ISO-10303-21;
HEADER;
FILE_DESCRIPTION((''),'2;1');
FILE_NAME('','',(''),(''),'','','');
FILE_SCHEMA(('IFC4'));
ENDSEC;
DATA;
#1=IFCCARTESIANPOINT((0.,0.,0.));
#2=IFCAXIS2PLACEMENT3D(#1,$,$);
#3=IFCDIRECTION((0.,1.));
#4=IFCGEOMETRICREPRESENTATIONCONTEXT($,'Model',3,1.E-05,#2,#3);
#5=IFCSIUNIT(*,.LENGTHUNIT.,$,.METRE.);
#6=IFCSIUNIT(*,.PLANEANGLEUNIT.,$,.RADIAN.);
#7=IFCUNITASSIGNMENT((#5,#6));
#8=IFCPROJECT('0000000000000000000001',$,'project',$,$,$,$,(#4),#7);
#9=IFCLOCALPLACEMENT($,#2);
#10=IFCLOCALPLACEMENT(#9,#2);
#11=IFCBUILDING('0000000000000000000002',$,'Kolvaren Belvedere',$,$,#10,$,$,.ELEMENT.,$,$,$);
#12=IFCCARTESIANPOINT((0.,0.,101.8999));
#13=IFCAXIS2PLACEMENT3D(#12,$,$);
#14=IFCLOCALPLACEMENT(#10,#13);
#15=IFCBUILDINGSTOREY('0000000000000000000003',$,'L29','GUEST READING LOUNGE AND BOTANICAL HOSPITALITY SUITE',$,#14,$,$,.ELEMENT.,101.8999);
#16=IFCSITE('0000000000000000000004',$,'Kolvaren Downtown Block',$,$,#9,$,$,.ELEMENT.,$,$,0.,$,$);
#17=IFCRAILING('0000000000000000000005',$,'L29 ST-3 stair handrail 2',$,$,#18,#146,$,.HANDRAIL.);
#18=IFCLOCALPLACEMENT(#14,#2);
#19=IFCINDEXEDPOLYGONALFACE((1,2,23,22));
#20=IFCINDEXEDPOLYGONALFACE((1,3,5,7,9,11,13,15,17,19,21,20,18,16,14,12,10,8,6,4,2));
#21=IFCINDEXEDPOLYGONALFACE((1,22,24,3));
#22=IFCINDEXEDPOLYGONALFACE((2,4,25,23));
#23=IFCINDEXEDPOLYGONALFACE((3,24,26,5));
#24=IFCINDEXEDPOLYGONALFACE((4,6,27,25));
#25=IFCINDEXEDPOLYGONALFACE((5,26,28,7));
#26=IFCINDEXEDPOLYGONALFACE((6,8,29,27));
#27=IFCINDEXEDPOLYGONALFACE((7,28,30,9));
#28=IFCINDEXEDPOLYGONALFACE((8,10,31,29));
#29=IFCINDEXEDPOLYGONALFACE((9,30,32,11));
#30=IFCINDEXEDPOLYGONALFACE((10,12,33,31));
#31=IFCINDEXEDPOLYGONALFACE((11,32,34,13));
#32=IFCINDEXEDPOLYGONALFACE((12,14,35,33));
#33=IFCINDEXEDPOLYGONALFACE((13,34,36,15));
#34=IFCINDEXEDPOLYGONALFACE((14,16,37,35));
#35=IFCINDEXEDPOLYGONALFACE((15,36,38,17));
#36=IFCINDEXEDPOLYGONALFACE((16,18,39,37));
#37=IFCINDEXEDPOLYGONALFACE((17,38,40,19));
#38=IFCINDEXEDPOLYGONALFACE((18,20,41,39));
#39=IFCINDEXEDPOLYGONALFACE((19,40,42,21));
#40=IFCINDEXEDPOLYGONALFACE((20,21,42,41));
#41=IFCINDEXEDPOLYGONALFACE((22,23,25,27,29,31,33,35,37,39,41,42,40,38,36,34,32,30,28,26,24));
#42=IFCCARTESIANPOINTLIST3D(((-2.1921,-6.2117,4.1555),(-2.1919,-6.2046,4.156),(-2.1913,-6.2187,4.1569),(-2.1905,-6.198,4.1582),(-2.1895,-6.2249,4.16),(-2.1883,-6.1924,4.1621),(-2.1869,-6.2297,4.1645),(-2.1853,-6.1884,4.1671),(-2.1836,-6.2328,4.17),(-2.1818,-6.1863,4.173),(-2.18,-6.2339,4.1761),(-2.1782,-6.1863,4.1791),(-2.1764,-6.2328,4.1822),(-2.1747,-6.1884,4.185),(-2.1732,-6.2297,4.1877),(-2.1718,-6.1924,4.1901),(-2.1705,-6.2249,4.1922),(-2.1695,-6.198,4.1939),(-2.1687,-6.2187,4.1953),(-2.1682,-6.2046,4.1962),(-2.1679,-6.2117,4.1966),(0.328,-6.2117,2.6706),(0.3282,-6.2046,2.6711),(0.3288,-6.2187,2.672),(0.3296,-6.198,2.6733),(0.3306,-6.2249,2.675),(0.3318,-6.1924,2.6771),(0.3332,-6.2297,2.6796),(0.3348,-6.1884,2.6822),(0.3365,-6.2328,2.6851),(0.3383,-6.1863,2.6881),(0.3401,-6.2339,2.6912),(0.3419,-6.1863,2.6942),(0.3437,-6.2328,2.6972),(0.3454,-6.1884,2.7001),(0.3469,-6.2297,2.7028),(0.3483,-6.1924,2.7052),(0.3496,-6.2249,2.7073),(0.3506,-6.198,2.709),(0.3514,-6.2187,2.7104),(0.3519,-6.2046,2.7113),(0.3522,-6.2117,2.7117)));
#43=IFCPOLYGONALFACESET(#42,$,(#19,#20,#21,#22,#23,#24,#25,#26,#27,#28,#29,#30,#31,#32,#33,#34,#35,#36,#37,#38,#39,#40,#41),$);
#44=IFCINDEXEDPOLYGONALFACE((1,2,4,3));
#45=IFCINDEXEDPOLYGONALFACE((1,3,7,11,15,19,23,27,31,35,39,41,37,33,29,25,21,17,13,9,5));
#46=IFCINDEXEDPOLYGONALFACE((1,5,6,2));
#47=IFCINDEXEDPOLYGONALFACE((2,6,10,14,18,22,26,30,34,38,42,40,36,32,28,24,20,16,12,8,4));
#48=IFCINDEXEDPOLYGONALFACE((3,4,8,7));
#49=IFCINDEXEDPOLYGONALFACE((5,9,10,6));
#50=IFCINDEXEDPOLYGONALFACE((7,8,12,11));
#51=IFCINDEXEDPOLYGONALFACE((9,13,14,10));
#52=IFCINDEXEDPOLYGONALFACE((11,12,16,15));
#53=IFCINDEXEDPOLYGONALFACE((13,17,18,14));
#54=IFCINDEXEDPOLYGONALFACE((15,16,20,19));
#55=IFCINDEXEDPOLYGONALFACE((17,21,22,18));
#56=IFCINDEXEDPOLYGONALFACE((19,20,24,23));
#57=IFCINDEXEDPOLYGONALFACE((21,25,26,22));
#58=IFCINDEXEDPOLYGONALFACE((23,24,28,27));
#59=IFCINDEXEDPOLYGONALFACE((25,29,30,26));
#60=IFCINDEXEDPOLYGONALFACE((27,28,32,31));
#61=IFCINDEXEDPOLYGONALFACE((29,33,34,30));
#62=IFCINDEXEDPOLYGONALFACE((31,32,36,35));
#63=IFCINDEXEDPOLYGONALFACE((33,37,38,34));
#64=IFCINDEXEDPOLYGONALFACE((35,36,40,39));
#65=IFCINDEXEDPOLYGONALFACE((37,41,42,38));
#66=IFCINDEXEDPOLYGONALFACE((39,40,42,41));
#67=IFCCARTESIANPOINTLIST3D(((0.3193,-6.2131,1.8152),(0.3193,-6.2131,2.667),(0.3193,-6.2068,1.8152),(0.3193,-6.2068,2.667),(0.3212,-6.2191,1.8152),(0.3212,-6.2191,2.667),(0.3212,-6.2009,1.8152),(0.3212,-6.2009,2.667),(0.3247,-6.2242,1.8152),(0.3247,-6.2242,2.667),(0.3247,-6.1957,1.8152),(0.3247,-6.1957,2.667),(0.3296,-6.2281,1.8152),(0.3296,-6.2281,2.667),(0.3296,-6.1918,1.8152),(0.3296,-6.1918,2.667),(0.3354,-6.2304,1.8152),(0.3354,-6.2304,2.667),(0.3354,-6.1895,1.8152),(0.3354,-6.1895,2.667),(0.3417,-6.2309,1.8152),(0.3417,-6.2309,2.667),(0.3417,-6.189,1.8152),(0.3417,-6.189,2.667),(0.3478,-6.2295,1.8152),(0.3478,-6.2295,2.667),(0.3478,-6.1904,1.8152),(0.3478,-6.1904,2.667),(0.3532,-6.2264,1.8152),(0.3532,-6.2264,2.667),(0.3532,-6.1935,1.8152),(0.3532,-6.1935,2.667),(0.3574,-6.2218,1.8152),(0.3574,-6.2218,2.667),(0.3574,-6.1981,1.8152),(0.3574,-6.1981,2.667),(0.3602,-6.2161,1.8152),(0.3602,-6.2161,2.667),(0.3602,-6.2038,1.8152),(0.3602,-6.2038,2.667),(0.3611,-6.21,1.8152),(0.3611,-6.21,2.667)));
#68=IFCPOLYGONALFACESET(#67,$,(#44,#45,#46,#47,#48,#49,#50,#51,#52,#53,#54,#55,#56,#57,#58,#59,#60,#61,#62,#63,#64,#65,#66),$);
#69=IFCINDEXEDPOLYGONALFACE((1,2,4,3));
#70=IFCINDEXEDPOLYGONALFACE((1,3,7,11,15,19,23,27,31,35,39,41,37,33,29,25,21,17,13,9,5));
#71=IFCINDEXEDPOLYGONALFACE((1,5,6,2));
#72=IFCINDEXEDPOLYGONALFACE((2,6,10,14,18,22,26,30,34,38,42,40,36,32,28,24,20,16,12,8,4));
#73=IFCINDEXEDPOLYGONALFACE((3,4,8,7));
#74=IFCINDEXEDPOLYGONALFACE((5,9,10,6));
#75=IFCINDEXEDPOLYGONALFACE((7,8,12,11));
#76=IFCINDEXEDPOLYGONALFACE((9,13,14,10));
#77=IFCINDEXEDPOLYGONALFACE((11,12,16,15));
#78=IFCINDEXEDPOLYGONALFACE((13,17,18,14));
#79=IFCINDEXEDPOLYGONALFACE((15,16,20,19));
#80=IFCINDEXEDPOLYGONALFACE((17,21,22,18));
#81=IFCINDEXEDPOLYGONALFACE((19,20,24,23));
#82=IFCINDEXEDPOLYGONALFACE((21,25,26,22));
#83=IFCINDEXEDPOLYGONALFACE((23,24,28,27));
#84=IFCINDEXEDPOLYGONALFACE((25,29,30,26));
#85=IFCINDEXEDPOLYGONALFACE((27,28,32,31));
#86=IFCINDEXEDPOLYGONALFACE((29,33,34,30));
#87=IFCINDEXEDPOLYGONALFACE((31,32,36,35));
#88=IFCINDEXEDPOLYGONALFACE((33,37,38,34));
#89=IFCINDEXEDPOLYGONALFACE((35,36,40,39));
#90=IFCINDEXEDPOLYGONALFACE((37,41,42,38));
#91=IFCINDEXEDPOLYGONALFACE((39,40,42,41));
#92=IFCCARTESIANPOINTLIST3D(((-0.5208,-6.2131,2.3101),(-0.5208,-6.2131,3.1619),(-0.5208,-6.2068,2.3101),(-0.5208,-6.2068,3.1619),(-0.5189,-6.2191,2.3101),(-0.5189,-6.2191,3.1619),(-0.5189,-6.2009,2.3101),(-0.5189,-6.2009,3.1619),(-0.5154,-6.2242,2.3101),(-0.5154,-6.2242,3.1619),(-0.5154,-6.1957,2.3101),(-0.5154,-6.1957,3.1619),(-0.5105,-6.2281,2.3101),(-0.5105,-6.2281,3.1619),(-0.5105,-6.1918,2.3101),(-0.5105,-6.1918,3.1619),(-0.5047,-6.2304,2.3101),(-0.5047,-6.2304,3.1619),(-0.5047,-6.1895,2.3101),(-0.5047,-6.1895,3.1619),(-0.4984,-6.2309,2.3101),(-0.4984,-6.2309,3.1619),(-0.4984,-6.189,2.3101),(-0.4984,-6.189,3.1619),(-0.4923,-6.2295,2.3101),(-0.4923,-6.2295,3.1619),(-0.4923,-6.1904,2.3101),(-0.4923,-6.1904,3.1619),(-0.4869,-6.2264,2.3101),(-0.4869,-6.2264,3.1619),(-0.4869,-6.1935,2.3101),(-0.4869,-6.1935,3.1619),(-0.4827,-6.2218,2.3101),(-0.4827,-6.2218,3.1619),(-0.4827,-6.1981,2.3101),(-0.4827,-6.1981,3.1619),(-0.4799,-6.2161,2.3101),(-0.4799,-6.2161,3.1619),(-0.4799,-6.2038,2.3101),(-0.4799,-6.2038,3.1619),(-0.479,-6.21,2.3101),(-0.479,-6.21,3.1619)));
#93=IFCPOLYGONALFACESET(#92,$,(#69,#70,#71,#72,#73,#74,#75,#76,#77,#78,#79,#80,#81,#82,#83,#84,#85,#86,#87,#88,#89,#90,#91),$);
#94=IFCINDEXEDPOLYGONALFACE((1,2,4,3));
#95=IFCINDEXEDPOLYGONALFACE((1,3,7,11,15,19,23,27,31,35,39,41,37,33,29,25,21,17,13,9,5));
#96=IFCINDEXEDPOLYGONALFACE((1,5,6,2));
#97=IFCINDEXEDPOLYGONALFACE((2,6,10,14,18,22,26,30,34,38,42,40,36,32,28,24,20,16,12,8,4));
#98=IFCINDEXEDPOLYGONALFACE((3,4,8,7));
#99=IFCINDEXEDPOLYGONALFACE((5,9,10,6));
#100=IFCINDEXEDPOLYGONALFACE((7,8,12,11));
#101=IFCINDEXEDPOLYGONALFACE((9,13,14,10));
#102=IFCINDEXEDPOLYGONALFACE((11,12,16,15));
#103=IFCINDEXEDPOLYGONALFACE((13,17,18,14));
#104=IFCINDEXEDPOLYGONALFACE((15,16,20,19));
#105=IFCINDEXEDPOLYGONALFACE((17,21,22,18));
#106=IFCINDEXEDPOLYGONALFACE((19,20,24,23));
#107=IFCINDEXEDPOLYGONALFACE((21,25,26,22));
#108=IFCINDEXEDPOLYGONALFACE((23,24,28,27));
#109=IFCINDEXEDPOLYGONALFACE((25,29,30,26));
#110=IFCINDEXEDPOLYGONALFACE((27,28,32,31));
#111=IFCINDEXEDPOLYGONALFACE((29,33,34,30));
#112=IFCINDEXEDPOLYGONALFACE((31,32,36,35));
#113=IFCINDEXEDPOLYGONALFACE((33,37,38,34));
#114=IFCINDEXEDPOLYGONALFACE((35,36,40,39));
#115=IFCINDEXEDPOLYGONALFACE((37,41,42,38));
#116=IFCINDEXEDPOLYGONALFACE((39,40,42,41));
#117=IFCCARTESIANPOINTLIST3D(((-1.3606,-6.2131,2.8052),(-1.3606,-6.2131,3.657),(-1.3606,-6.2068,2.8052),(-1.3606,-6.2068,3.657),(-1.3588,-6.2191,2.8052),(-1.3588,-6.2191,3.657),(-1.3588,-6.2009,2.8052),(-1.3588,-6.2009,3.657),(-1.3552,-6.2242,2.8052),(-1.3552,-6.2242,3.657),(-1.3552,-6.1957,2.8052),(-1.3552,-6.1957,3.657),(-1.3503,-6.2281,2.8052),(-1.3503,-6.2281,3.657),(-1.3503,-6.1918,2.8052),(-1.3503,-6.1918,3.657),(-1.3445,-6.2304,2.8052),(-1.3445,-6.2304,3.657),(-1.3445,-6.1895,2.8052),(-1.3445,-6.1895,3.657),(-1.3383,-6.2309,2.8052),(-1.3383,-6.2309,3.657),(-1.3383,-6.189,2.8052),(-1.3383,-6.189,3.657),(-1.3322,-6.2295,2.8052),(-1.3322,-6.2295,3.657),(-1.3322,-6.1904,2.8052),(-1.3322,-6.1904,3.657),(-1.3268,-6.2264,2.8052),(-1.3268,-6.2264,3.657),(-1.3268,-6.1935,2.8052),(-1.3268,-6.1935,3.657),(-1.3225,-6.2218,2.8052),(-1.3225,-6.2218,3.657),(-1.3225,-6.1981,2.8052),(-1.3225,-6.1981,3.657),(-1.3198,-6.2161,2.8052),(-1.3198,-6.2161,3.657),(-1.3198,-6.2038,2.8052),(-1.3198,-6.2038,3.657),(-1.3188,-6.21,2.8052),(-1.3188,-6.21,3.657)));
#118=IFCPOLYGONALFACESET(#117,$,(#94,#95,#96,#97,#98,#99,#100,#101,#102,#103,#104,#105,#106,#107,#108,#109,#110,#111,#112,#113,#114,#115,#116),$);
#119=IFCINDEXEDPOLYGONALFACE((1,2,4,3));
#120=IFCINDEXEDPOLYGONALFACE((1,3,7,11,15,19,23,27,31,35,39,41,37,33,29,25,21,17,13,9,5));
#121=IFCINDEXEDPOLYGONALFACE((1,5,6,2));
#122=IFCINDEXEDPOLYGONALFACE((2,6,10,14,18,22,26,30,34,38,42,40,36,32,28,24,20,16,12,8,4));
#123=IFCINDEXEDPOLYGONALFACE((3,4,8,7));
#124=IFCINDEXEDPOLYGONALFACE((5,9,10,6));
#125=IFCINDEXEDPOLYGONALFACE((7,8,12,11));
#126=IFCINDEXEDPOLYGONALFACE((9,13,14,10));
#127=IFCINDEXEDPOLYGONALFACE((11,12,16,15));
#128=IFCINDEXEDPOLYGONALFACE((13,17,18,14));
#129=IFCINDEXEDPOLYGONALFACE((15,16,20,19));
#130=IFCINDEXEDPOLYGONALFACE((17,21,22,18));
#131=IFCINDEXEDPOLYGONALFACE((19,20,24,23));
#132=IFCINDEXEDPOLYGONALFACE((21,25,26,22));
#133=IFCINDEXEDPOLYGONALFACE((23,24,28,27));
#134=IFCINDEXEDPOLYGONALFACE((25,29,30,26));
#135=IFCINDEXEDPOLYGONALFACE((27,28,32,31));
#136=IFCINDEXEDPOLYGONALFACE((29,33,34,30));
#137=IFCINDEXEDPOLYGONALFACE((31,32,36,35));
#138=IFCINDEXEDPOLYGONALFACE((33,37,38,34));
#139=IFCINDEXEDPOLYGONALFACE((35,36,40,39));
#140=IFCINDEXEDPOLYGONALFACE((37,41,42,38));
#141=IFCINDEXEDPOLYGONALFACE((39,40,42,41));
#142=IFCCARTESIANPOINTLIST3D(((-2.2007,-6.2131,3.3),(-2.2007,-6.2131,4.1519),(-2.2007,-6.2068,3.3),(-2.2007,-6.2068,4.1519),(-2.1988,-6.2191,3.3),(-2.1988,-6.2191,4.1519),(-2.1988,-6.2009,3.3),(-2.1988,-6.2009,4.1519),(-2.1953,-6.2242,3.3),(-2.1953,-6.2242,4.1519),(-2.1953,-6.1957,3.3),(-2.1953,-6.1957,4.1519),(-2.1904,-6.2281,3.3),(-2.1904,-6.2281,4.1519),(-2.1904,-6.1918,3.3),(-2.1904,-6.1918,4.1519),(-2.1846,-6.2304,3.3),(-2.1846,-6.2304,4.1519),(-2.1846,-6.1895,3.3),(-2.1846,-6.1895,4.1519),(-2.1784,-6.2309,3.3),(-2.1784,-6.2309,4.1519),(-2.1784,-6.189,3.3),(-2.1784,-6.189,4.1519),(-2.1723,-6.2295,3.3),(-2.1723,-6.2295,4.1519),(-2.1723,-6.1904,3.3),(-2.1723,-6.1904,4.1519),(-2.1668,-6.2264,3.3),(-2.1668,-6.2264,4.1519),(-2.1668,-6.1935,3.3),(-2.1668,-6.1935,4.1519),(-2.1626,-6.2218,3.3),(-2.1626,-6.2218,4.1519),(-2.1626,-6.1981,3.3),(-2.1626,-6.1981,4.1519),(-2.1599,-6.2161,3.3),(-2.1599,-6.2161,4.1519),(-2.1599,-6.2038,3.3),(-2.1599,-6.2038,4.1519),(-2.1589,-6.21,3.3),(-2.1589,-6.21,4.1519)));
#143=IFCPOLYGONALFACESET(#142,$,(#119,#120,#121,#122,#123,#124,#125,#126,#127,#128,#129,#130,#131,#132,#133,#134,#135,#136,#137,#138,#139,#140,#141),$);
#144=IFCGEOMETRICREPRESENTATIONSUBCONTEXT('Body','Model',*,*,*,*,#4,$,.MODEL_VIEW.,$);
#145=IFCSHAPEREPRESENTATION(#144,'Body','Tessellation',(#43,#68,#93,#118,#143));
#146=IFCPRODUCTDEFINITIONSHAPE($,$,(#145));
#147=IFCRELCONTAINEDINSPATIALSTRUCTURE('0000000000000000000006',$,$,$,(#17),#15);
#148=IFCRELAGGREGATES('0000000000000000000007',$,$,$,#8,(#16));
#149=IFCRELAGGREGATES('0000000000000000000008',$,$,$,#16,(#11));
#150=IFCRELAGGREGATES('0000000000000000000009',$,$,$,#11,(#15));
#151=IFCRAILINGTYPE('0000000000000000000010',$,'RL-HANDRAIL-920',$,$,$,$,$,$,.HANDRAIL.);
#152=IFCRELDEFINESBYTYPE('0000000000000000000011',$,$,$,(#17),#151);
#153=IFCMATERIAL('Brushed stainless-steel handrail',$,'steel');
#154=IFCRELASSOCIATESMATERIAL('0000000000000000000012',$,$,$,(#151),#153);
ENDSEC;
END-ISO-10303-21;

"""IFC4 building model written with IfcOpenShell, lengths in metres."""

from ifc_helpers import new_model, si_unit, direction, frame, origin, origin_2d, place, context, subcontext, project, spatial, circle, extrude, material, type_object, element, save


model = new_model("IFC4")

# Units and contexts
model_context = context("Model", 3, precision=1e-05, world=origin(), true_north=direction((0.0, 1.0)))
body_context = subcontext(model_context, "Body", "Model", "MODEL_VIEW")
ifc_project = project(units=[si_unit("LENGTHUNIT", "METRE"), si_unit("PLANEANGLEUNIT", "RADIAN")], contexts=[model_context])

# Site, building, storey
site_placement = place(None, origin())
site = spatial("IfcSite", under=ifc_project, at=site_placement, Name="Kolvaren Downtown Block", CompositionType="ELEMENT", RefElevation=0.0)
building_placement = place(site_placement, origin())
building = spatial("IfcBuilding", under=site, at=building_placement, Name="Kolvaren Belvedere", CompositionType="ELEMENT")
storey_placement = place(building_placement, frame((0.0, 0.0, 101.8999)))
storey = spatial("IfcBuildingStorey", under=building, at=storey_placement, Name="L29", Description="GUEST READING LOUNGE AND BOTANICAL HOSPITALITY SUITE", CompositionType="ELEMENT", Elevation=101.8999)

# Railing
ifc_material_1 = material(Name="Brushed stainless-steel handrail", Category="steel")
railing_type_1 = type_object("IfcRailingType", Name="RL-HANDRAIL-920", PredefinedType="HANDRAIL", material=ifc_material_1)
railing_1_placement = place(storey_placement, frame((0.3401, -6.21, 1.8152)))
element("IfcRailing", 1, at=railing_1_placement, inside=storey, type_object=railing_type_1, Name="L29 ST-3 stair handrail 2", PredefinedType="HANDRAIL", context=body_context, shape_type="SweptSolid", body=[
    extrude(circle(Radius=0.0239, at=origin_2d()), frame((0.0, 0.0, 0.876), z_axis=(-0.861561, 0.0, 0.507655), x_axis=(0.0, -1.0, 0.0)), (0.0, 0.0, 1.0), 2.925),
    extrude(circle(Radius=0.021, at=origin_2d()), origin(), (0.0, 0.0, 1.0), 0.8518),
    extrude(circle(Radius=0.021, at=origin_2d()), frame((-0.8401, 0.0, 0.4949)), (0.0, 0.0, 1.0), 0.8518),
    extrude(circle(Radius=0.021, at=origin_2d()), frame((-1.6799, 0.0, 0.99)), (0.0, 0.0, 1.0), 0.8518),
    extrude(circle(Radius=0.021, at=origin_2d()), frame((-2.52, 0.0, 1.4849)), (0.0, 0.0, 1.0), 0.8518),
])

save(model, "model.ifc")
